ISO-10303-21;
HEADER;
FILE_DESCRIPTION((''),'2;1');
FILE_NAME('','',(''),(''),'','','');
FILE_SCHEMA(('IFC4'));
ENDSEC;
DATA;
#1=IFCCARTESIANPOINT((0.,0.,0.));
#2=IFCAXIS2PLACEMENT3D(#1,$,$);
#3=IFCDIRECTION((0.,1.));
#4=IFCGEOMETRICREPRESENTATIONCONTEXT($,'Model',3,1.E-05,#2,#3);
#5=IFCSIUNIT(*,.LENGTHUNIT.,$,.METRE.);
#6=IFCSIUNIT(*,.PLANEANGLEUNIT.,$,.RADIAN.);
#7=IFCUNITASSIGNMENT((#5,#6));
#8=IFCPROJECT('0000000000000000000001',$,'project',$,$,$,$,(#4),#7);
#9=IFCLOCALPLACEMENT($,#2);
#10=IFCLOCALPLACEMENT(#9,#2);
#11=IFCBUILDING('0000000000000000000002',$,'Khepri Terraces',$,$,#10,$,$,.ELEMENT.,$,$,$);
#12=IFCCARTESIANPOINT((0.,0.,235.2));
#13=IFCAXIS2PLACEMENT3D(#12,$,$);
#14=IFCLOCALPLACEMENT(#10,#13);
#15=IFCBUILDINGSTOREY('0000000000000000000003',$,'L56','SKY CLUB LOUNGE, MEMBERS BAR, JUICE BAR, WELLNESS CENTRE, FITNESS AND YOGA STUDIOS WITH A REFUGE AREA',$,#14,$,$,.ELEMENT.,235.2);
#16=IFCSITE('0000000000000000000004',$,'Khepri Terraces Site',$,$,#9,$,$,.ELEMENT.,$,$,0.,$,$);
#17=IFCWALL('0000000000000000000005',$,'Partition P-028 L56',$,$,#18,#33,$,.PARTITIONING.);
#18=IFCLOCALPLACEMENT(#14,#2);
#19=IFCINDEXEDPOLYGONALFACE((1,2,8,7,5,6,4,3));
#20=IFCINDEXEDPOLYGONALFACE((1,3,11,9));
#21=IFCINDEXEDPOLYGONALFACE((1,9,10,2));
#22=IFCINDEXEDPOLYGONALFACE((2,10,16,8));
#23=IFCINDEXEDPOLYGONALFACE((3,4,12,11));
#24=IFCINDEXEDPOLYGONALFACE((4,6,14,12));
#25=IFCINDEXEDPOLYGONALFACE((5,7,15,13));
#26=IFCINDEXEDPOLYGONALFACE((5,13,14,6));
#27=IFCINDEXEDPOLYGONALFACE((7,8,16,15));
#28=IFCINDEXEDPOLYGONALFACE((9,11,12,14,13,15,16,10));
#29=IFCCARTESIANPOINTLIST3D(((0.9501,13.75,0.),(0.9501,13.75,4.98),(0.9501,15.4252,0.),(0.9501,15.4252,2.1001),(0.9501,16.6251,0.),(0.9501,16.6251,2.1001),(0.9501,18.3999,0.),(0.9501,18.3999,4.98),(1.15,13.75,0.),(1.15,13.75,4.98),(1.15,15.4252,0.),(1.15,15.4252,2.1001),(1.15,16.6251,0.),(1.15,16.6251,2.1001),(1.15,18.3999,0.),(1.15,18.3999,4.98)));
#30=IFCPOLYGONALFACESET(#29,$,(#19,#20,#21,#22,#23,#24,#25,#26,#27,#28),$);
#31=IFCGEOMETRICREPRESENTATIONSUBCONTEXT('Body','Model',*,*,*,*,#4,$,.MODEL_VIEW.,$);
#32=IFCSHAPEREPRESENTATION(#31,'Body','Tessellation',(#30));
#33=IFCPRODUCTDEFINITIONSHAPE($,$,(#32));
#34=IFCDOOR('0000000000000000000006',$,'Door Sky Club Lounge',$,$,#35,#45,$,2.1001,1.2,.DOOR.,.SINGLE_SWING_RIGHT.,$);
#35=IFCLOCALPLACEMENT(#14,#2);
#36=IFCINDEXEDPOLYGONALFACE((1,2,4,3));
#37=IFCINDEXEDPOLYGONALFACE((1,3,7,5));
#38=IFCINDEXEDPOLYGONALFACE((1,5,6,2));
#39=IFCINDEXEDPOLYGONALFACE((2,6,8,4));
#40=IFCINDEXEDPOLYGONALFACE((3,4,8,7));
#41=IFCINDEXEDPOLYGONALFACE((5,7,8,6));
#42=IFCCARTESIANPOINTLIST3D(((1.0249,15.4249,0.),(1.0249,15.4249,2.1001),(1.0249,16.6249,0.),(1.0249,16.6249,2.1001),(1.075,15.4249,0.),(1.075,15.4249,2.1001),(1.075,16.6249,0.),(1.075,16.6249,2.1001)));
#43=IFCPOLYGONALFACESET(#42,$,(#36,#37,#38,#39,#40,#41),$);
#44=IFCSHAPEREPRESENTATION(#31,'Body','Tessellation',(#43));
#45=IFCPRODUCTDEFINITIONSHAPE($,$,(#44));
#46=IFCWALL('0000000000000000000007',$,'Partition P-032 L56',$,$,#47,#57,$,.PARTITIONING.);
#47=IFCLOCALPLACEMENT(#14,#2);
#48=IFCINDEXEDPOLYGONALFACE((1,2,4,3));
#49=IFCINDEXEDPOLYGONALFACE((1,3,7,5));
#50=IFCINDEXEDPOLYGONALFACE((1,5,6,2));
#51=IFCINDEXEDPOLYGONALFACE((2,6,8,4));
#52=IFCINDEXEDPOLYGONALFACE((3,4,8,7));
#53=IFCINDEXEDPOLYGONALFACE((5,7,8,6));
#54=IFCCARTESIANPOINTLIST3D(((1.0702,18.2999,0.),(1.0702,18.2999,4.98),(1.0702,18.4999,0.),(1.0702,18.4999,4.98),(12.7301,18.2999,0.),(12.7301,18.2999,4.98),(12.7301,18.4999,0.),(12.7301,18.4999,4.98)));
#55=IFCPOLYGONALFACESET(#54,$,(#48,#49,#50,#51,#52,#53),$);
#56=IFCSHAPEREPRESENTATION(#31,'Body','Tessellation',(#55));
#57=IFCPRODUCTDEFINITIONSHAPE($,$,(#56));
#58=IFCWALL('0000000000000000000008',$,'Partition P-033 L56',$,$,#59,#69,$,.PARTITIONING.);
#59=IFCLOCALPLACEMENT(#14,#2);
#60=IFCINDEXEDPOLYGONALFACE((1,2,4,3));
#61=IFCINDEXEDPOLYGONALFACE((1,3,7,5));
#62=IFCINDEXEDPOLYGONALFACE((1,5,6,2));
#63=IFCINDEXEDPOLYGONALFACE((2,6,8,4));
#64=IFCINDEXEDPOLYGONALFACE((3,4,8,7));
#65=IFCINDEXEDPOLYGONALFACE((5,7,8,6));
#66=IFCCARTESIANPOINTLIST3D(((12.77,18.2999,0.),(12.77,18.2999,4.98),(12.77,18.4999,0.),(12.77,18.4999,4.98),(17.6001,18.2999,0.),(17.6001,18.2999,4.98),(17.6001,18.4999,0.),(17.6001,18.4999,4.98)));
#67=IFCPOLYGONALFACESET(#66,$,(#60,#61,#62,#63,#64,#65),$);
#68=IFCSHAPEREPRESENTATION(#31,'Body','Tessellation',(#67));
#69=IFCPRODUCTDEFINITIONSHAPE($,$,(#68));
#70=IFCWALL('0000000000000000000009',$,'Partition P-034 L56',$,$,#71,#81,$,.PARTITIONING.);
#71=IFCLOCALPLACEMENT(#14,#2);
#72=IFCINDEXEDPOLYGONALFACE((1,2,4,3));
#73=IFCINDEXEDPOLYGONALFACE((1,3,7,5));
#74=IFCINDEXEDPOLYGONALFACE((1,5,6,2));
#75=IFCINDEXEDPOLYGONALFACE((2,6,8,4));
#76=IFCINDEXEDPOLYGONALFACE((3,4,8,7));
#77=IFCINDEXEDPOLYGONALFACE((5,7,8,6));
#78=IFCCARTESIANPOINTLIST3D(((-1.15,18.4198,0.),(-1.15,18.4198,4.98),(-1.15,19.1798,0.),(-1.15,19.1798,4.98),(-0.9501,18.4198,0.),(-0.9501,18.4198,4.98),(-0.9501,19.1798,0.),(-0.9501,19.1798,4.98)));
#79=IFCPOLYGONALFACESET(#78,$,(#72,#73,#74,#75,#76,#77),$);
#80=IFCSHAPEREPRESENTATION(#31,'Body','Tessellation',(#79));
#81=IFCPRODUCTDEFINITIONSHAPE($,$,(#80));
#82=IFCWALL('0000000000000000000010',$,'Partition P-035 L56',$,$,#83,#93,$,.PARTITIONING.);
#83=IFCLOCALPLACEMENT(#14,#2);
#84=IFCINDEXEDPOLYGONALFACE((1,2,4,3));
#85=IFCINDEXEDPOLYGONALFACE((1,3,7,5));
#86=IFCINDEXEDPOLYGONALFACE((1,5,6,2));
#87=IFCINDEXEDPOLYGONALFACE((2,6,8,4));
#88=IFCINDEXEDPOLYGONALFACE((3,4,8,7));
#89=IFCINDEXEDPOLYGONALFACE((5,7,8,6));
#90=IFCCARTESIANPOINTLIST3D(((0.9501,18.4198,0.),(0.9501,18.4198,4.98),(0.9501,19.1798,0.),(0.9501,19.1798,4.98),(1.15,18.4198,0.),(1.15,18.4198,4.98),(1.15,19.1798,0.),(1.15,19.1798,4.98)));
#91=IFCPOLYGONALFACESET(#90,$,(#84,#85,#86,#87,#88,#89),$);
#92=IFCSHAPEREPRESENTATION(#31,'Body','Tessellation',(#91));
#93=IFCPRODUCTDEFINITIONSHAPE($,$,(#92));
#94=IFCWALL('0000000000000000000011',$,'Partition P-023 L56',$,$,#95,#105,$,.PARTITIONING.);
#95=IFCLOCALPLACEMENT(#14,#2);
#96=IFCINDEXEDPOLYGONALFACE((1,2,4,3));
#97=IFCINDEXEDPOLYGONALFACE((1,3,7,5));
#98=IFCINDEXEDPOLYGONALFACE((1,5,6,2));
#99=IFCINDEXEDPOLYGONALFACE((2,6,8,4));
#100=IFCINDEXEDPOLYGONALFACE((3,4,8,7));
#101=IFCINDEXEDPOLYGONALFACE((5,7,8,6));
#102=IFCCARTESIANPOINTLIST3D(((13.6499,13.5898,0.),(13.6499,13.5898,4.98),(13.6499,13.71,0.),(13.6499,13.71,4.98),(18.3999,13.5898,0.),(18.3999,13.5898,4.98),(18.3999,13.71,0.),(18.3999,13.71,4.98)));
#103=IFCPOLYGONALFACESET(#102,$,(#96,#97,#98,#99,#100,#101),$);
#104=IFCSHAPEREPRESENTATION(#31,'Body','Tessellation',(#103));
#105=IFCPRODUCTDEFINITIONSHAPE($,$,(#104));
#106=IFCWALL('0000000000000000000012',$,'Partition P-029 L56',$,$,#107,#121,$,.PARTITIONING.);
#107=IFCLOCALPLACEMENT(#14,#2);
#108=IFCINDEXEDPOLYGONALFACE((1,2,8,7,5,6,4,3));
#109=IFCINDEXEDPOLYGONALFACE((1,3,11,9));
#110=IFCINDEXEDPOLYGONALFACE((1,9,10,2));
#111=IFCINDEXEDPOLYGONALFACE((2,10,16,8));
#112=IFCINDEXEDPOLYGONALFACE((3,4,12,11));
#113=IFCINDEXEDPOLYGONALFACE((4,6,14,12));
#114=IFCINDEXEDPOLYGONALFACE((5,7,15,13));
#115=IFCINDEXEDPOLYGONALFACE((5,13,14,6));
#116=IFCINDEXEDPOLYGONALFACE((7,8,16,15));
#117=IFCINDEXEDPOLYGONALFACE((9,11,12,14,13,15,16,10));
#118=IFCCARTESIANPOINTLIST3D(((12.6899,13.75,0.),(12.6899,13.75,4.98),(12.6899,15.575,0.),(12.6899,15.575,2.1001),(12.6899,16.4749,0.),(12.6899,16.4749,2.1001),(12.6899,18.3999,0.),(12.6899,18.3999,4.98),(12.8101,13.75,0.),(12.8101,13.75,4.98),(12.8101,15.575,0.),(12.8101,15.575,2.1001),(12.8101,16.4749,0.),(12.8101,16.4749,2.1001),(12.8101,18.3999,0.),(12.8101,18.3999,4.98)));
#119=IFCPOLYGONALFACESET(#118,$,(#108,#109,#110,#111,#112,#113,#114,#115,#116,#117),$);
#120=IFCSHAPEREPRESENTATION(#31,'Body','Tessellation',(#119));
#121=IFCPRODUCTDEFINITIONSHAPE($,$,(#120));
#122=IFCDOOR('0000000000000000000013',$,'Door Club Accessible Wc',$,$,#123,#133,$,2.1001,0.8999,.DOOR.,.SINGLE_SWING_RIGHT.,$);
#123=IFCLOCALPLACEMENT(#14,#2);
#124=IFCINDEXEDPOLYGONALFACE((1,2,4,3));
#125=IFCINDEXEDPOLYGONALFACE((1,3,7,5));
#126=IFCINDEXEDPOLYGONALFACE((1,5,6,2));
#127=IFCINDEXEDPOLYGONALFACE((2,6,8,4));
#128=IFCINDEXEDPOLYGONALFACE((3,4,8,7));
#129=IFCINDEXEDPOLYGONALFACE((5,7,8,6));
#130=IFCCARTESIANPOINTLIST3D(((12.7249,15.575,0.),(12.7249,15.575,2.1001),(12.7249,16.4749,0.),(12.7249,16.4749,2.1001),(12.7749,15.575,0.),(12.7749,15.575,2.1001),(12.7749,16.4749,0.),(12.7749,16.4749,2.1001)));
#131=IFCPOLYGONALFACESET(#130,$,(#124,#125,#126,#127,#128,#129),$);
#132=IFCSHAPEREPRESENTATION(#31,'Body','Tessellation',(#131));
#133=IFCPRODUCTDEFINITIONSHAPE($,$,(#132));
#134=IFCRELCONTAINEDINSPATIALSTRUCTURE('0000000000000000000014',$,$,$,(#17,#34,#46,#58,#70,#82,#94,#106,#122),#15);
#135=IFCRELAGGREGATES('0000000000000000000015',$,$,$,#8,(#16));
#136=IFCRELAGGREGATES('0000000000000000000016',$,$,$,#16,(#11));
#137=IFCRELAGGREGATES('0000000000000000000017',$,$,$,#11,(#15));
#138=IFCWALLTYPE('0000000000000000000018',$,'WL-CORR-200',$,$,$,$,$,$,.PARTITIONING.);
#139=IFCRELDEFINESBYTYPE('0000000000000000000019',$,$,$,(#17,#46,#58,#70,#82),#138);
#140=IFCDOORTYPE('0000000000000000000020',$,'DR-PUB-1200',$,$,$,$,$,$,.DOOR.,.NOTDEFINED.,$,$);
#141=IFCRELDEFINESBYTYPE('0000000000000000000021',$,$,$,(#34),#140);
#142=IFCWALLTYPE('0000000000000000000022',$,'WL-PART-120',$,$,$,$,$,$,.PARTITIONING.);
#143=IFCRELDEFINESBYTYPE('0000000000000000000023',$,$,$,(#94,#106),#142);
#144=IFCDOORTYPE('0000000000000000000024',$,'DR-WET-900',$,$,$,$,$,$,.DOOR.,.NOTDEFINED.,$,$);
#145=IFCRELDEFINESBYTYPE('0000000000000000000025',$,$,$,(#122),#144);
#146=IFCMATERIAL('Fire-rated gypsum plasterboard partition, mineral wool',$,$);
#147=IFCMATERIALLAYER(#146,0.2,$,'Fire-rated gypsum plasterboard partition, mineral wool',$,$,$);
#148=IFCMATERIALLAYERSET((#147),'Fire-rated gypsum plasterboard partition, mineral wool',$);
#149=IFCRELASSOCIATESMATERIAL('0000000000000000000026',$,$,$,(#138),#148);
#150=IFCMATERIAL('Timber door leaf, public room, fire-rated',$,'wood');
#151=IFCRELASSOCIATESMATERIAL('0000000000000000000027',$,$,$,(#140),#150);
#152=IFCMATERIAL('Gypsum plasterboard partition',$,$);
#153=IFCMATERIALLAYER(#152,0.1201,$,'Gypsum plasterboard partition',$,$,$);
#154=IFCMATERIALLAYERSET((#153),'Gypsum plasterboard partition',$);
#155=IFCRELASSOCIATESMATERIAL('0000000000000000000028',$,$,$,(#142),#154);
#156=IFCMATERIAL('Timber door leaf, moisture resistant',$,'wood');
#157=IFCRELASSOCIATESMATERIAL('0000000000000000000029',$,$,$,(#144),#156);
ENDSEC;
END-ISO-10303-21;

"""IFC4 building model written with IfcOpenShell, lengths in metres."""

from ifc_helpers import new_model, si_unit, direction, frame, frame_2d, origin, place, context, subcontext, project, spatial, rectangle, extrude, material, layer, layer_set, type_object, element, fill, save


model = new_model("IFC4")

# Units and contexts
model_context = context("Model", 3, precision=1e-05, world=origin(), true_north=direction((0.0, 1.0)))
body_context = subcontext(model_context, "Body", "Model", "MODEL_VIEW")
ifc_project = project(units=[si_unit("LENGTHUNIT", "METRE"), si_unit("PLANEANGLEUNIT", "RADIAN")], contexts=[model_context])

# Site, building, storey
site_placement = place(None, origin())
site = spatial("IfcSite", under=ifc_project, at=site_placement, Name="Khepri Terraces Site", CompositionType="ELEMENT", RefElevation=0.0)
building_placement = place(site_placement, origin())
building = spatial("IfcBuilding", under=site, at=building_placement, Name="Khepri Terraces", CompositionType="ELEMENT")
storey_placement = place(building_placement, frame((0.0, 0.0, 235.2)))
storey = spatial("IfcBuildingStorey", under=building, at=storey_placement, Name="L56", Description="SKY CLUB LOUNGE, MEMBERS BAR, JUICE BAR, WELLNESS CENTRE, FITNESS AND YOGA STUDIOS WITH A REFUGE AREA", CompositionType="ELEMENT", Elevation=235.2)

# Shared definitions
ifc_material_1 = material(Name="Fire-rated gypsum plasterboard partition, mineral wool")
ifc_layer_1 = layer(ifc_material_1, 0.2, Name="Fire-rated gypsum plasterboard partition, mineral wool")
ifc_layer_set_1 = layer_set([ifc_layer_1], Name="Fire-rated gypsum plasterboard partition, mineral wool")
wall_type_1 = type_object("IfcWallType", Name="WL-CORR-200", PredefinedType="PARTITIONING", material=ifc_layer_set_1)

# Wall, opening, door
wall_1_placement = place(storey_placement, frame((1.05, 13.75, 0.0), z_axis=(0.0, 0.0, 1.0), x_axis=(0.0, 1.0, 0.0)))
wall_1 = element("IfcWall", 1, at=wall_1_placement, inside=storey, type_object=wall_type_1, Name="Partition P-028 L56", PredefinedType="PARTITIONING", context=body_context, shape_type="SweptSolid", body=[
    extrude(rectangle(XDim=4.6499, YDim=0.2, at=frame_2d((2.325, 0.0))), origin(), (0.0, 0.0, 1.0), 4.98),
])
opening_1_placement = place(wall_1_placement, frame((1.675, 0.0, 0.0)))
opening_1 = element("IfcOpeningElement", 2, at=opening_1_placement, cuts=wall_1, PredefinedType="OPENING", context=body_context, shape_type="SweptSolid", body=[
    extrude(rectangle(XDim=1.2, YDim=2.1001, at=frame_2d((0.6001, 1.05))), frame((0.0, 0.1099, 0.0), z_axis=(0.0, -1.0, 0.0), x_axis=(1.0, 0.0, 0.0)), (0.0, 0.0, 1.0), 0.22),
])
ifc_material_2 = material(Name="Timber door leaf, public room, fire-rated", Category="wood")
door_type_1 = type_object("IfcDoorType", Name="DR-PUB-1200", OperationType="NOTDEFINED", PredefinedType="DOOR", material=ifc_material_2)
door_1_placement = place(opening_1_placement, frame((1.2, 0.0, 0.0), z_axis=(0.0, 0.0, 1.0), x_axis=(-1.0, 0.0, 0.0)))
door_1 = element("IfcDoor", 3, at=door_1_placement, inside=storey, type_object=door_type_1, Name="Door Sky Club Lounge", OperationType="SINGLE_SWING_RIGHT", OverallHeight=2.1001, OverallWidth=1.2, PredefinedType="DOOR", context=body_context, shape_type="SweptSolid", body=[
    extrude(rectangle(XDim=1.2, YDim=2.1001, at=frame_2d((0.6001, 1.05))), frame((0.0, 0.0249, 0.0), z_axis=(0.0, -1.0, 0.0), x_axis=(1.0, 0.0, 0.0)), (0.0, 0.0, 1.0), 0.05),
])
fill(opening_1, door_1)

# Walls
wall_2_placement = place(storey_placement, frame((1.0701, 18.3999, 0.0), z_axis=(0.0, 0.0, 1.0), x_axis=(1.0, 0.0, 0.0)))
element("IfcWall", 4, at=wall_2_placement, inside=storey, type_object=wall_type_1, Name="Partition P-032 L56", PredefinedType="PARTITIONING", context=body_context, shape_type="SweptSolid", body=[
    extrude(rectangle(XDim=11.6599, YDim=0.2, at=frame_2d((5.8301, 0.0))), origin(), (0.0, 0.0, 1.0), 4.98),
])
wall_3_placement = place(storey_placement, frame((12.77, 18.3999, 0.0), z_axis=(0.0, 0.0, 1.0), x_axis=(1.0, 0.0, 0.0)))
element("IfcWall", 5, at=wall_3_placement, inside=storey, type_object=wall_type_1, Name="Partition P-033 L56", PredefinedType="PARTITIONING", context=body_context, shape_type="SweptSolid", body=[
    extrude(rectangle(XDim=4.8301, YDim=0.2, at=frame_2d((2.415, 0.0))), origin(), (0.0, 0.0, 1.0), 4.98),
])
for number, where, z_axis, x_axis, name in (
    (6, (-1.05, 18.4199, 0.0), (0.0, 0.0, 1.0), (0.0, 1.0, 0.0), "Partition P-034 L56"),
    (7, (1.05, 18.4199, 0.0), (0.0, 0.0, 1.0), (0.0, 1.0, 0.0), "Partition P-035 L56"),
):
    element("IfcWall", number, at=place(storey_placement, frame(where, z_axis=z_axis, x_axis=x_axis)), inside=storey, type_object=wall_type_1, Name=name, PredefinedType="PARTITIONING", context=body_context, shape_type="SweptSolid", body=[
        extrude(rectangle(XDim=0.76, YDim=0.2, at=frame_2d((0.3799, 0.0))), origin(), (0.0, 0.0, 1.0), 4.98),
    ])
ifc_material_3 = material(Name="Gypsum plasterboard partition")
ifc_layer_2 = layer(ifc_material_3, 0.1201, Name="Gypsum plasterboard partition")
ifc_layer_set_2 = layer_set([ifc_layer_2], Name="Gypsum plasterboard partition")
wall_type_2 = type_object("IfcWallType", Name="WL-PART-120", PredefinedType="PARTITIONING", material=ifc_layer_set_2)
wall_4_placement = place(storey_placement, frame((13.6499, 13.6499, 0.0), z_axis=(0.0, 0.0, 1.0), x_axis=(1.0, 0.0, 0.0)))
element("IfcWall", 8, at=wall_4_placement, inside=storey, type_object=wall_type_2, Name="Partition P-023 L56", PredefinedType="PARTITIONING", context=body_context, shape_type="SweptSolid", body=[
    extrude(rectangle(XDim=4.75, YDim=0.1201, at=frame_2d((2.375, 0.0))), origin(), (0.0, 0.0, 1.0), 4.98),
])

# Wall, opening, door
wall_5_placement = place(storey_placement, frame((12.75, 13.75, 0.0), z_axis=(0.0, 0.0, 1.0), x_axis=(0.0, 1.0, 0.0)))
wall_5 = element("IfcWall", 9, at=wall_5_placement, inside=storey, type_object=wall_type_2, Name="Partition P-029 L56", PredefinedType="PARTITIONING", context=body_context, shape_type="SweptSolid", body=[
    extrude(rectangle(XDim=4.6499, YDim=0.1201, at=frame_2d((2.325, 0.0))), origin(), (0.0, 0.0, 1.0), 4.98),
])
opening_2_placement = place(wall_5_placement, frame((1.825, 0.0, 0.0)))
opening_2 = element("IfcOpeningElement", 10, at=opening_2_placement, cuts=wall_5, PredefinedType="OPENING", context=body_context, shape_type="SweptSolid", body=[
    extrude(rectangle(XDim=0.8999, YDim=2.1001, at=frame_2d((0.45, 1.05))), frame((0.0, 0.0701, 0.0), z_axis=(0.0, -1.0, 0.0), x_axis=(1.0, 0.0, 0.0)), (0.0, 0.0, 1.0), 0.1401),
])
ifc_material_4 = material(Name="Timber door leaf, moisture resistant", Category="wood")
door_type_2 = type_object("IfcDoorType", Name="DR-WET-900", OperationType="NOTDEFINED", PredefinedType="DOOR", material=ifc_material_4)
door_2_placement = place(opening_2_placement, frame((0.8999, 0.0, 0.0), z_axis=(0.0, 0.0, 1.0), x_axis=(-1.0, 0.0, 0.0)))
door_2 = element("IfcDoor", 11, at=door_2_placement, inside=storey, type_object=door_type_2, Name="Door Club Accessible Wc", OperationType="SINGLE_SWING_RIGHT", OverallHeight=2.1001, OverallWidth=0.8999, PredefinedType="DOOR", context=body_context, shape_type="SweptSolid", body=[
    extrude(rectangle(XDim=0.8999, YDim=2.1001, at=frame_2d((0.45, 1.05))), frame((0.0, 0.0249, 0.0), z_axis=(0.0, -1.0, 0.0), x_axis=(1.0, 0.0, 0.0)), (0.0, 0.0, 1.0), 0.05),
])
fill(opening_2, door_2)

save(model, "model.ifc")
